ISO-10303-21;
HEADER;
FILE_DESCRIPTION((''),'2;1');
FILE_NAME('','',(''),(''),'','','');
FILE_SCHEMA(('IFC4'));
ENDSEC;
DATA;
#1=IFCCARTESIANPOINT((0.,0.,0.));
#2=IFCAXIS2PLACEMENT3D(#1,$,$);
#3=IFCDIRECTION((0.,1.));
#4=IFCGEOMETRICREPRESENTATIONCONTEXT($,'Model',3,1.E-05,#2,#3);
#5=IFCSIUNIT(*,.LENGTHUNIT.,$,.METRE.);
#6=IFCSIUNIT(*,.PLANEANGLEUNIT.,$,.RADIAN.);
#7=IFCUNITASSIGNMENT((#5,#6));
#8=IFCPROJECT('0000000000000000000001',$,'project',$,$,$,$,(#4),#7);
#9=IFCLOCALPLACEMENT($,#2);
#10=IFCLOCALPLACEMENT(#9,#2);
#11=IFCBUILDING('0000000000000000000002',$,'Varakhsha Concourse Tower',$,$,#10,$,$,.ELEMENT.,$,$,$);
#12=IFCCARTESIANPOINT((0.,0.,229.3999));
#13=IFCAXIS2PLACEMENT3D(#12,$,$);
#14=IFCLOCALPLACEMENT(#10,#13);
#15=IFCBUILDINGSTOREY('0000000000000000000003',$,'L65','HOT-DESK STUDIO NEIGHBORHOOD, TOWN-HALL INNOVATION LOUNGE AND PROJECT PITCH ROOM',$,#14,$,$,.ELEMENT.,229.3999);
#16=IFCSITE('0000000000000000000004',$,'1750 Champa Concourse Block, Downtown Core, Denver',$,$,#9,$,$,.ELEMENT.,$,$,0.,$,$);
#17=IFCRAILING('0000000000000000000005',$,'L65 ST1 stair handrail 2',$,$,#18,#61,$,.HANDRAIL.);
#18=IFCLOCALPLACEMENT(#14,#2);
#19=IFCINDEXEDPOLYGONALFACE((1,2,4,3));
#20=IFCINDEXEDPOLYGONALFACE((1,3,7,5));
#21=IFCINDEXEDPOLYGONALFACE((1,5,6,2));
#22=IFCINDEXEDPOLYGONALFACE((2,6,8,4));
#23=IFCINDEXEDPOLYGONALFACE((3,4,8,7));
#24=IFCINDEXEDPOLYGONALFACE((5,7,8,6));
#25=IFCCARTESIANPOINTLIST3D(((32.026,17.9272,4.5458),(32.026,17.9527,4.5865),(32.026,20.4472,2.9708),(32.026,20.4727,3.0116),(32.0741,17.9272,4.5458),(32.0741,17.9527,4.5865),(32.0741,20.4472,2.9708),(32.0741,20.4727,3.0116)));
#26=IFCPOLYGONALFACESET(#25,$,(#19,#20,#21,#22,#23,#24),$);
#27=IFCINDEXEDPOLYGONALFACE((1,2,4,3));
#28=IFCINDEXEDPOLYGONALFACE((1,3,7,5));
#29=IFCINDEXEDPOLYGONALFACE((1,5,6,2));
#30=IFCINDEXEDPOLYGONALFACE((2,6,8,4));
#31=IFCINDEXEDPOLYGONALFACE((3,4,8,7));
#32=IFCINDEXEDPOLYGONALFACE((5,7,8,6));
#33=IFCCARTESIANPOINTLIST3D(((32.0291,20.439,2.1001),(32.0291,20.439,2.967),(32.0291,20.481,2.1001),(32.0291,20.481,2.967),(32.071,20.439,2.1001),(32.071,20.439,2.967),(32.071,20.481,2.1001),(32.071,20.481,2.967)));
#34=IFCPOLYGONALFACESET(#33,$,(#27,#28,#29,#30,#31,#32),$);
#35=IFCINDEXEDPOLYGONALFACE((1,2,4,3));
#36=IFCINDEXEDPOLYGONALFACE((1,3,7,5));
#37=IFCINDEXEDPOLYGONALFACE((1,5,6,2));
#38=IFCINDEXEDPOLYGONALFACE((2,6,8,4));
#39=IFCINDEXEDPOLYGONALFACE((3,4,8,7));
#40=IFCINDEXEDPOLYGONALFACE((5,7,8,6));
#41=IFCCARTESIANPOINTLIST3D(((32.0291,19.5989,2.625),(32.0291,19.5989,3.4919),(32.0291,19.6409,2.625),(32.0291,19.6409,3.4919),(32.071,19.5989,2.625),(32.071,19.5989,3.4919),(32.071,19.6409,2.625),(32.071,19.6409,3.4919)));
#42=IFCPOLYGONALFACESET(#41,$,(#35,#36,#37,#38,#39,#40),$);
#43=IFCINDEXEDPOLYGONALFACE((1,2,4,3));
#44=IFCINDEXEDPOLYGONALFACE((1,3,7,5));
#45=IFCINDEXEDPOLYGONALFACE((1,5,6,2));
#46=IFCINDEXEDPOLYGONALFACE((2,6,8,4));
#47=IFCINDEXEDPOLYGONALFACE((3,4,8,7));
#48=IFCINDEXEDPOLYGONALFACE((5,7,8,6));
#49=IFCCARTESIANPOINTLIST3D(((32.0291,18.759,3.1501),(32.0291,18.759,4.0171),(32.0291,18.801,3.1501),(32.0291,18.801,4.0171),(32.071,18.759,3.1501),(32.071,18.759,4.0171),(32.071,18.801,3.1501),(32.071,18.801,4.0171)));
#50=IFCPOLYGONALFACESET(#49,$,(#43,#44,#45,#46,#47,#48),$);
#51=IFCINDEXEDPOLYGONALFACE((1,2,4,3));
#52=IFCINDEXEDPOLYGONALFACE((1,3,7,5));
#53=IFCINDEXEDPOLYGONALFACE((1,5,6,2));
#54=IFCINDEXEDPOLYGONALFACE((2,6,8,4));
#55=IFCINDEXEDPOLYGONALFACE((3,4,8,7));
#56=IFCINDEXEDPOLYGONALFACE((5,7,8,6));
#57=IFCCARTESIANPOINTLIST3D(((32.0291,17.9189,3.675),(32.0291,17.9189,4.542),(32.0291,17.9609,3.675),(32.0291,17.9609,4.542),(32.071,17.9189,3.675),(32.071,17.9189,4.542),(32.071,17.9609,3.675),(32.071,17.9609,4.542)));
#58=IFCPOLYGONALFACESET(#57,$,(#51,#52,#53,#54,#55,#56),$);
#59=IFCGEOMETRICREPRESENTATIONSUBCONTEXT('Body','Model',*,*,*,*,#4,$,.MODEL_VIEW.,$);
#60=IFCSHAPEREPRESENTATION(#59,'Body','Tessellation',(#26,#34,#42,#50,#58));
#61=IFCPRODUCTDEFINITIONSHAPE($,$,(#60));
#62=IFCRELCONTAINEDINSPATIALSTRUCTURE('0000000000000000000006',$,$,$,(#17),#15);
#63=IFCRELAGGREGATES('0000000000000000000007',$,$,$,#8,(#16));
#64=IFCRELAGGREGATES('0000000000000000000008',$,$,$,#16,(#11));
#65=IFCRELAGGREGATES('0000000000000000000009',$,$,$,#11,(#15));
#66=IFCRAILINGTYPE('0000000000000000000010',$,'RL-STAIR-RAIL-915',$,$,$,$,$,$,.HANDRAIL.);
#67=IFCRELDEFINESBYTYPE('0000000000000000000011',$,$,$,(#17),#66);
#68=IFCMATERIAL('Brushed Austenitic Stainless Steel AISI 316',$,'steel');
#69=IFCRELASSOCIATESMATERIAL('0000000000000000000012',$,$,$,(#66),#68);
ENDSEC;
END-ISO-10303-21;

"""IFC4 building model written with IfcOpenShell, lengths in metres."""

from ifc_helpers import new_model, si_unit, direction, frame, origin, origin_2d, place, context, subcontext, project, spatial, rectangle, extrude, material, type_object, element, save


model = new_model("IFC4")

# Units and contexts
model_context = context("Model", 3, precision=1e-05, world=origin(), true_north=direction((0.0, 1.0)))
body_context = subcontext(model_context, "Body", "Model", "MODEL_VIEW")
ifc_project = project(units=[si_unit("LENGTHUNIT", "METRE"), si_unit("PLANEANGLEUNIT", "RADIAN")], contexts=[model_context])

# Site, building, storey
site_placement = place(None, origin())
site = spatial("IfcSite", under=ifc_project, at=site_placement, Name="1750 Champa Concourse Block, Downtown Core, Denver", CompositionType="ELEMENT", RefElevation=0.0)
building_placement = place(site_placement, origin())
building = spatial("IfcBuilding", under=site, at=building_placement, Name="Varakhsha Concourse Tower", CompositionType="ELEMENT")
storey_placement = place(building_placement, frame((0.0, 0.0, 229.3999)))
storey = spatial("IfcBuildingStorey", under=building, at=storey_placement, Name="L65", Description="HOT-DESK STUDIO NEIGHBORHOOD, TOWN-HALL INNOVATION LOUNGE AND PROJECT PITCH ROOM", CompositionType="ELEMENT", Elevation=229.3999)

# Railing
ifc_material_1 = material(Name="Brushed Austenitic Stainless Steel AISI 316", Category="steel")
railing_type_1 = type_object("IfcRailingType", Name="RL-STAIR-RAIL-915", PredefinedType="HANDRAIL", material=ifc_material_1)
railing_1_placement = place(storey_placement, frame((32.05, 20.46, 2.1001)))
element("IfcRailing", 1, at=railing_1_placement, inside=storey, type_object=railing_type_1, Name="L65 ST1 stair handrail 2", PredefinedType="HANDRAIL", context=body_context, shape_type="SweptSolid", body=[
    extrude(rectangle(XDim=0.0481, YDim=0.0481, at=origin_2d()), frame((0.0, 0.0, 0.8911), z_axis=(0.0, -0.848008, 0.529984), x_axis=(1.0, 0.0, 0.0)), (0.0, 0.0, 1.0), 2.9717),
    extrude(rectangle(XDim=0.042, YDim=0.042, at=origin_2d()), origin(), (0.0, 0.0, 1.0), 0.8669),
    extrude(rectangle(XDim=0.042, YDim=0.042, at=origin_2d()), frame((0.0, -0.8401, 0.5249)), (0.0, 0.0, 1.0), 0.8669),
    extrude(rectangle(XDim=0.042, YDim=0.042, at=origin_2d()), frame((0.0, -1.6799, 1.05)), (0.0, 0.0, 1.0), 0.8669),
    extrude(rectangle(XDim=0.042, YDim=0.042, at=origin_2d()), frame((0.0, -2.52, 1.575)), (0.0, 0.0, 1.0), 0.8669),
])

save(model, "model.ifc")
